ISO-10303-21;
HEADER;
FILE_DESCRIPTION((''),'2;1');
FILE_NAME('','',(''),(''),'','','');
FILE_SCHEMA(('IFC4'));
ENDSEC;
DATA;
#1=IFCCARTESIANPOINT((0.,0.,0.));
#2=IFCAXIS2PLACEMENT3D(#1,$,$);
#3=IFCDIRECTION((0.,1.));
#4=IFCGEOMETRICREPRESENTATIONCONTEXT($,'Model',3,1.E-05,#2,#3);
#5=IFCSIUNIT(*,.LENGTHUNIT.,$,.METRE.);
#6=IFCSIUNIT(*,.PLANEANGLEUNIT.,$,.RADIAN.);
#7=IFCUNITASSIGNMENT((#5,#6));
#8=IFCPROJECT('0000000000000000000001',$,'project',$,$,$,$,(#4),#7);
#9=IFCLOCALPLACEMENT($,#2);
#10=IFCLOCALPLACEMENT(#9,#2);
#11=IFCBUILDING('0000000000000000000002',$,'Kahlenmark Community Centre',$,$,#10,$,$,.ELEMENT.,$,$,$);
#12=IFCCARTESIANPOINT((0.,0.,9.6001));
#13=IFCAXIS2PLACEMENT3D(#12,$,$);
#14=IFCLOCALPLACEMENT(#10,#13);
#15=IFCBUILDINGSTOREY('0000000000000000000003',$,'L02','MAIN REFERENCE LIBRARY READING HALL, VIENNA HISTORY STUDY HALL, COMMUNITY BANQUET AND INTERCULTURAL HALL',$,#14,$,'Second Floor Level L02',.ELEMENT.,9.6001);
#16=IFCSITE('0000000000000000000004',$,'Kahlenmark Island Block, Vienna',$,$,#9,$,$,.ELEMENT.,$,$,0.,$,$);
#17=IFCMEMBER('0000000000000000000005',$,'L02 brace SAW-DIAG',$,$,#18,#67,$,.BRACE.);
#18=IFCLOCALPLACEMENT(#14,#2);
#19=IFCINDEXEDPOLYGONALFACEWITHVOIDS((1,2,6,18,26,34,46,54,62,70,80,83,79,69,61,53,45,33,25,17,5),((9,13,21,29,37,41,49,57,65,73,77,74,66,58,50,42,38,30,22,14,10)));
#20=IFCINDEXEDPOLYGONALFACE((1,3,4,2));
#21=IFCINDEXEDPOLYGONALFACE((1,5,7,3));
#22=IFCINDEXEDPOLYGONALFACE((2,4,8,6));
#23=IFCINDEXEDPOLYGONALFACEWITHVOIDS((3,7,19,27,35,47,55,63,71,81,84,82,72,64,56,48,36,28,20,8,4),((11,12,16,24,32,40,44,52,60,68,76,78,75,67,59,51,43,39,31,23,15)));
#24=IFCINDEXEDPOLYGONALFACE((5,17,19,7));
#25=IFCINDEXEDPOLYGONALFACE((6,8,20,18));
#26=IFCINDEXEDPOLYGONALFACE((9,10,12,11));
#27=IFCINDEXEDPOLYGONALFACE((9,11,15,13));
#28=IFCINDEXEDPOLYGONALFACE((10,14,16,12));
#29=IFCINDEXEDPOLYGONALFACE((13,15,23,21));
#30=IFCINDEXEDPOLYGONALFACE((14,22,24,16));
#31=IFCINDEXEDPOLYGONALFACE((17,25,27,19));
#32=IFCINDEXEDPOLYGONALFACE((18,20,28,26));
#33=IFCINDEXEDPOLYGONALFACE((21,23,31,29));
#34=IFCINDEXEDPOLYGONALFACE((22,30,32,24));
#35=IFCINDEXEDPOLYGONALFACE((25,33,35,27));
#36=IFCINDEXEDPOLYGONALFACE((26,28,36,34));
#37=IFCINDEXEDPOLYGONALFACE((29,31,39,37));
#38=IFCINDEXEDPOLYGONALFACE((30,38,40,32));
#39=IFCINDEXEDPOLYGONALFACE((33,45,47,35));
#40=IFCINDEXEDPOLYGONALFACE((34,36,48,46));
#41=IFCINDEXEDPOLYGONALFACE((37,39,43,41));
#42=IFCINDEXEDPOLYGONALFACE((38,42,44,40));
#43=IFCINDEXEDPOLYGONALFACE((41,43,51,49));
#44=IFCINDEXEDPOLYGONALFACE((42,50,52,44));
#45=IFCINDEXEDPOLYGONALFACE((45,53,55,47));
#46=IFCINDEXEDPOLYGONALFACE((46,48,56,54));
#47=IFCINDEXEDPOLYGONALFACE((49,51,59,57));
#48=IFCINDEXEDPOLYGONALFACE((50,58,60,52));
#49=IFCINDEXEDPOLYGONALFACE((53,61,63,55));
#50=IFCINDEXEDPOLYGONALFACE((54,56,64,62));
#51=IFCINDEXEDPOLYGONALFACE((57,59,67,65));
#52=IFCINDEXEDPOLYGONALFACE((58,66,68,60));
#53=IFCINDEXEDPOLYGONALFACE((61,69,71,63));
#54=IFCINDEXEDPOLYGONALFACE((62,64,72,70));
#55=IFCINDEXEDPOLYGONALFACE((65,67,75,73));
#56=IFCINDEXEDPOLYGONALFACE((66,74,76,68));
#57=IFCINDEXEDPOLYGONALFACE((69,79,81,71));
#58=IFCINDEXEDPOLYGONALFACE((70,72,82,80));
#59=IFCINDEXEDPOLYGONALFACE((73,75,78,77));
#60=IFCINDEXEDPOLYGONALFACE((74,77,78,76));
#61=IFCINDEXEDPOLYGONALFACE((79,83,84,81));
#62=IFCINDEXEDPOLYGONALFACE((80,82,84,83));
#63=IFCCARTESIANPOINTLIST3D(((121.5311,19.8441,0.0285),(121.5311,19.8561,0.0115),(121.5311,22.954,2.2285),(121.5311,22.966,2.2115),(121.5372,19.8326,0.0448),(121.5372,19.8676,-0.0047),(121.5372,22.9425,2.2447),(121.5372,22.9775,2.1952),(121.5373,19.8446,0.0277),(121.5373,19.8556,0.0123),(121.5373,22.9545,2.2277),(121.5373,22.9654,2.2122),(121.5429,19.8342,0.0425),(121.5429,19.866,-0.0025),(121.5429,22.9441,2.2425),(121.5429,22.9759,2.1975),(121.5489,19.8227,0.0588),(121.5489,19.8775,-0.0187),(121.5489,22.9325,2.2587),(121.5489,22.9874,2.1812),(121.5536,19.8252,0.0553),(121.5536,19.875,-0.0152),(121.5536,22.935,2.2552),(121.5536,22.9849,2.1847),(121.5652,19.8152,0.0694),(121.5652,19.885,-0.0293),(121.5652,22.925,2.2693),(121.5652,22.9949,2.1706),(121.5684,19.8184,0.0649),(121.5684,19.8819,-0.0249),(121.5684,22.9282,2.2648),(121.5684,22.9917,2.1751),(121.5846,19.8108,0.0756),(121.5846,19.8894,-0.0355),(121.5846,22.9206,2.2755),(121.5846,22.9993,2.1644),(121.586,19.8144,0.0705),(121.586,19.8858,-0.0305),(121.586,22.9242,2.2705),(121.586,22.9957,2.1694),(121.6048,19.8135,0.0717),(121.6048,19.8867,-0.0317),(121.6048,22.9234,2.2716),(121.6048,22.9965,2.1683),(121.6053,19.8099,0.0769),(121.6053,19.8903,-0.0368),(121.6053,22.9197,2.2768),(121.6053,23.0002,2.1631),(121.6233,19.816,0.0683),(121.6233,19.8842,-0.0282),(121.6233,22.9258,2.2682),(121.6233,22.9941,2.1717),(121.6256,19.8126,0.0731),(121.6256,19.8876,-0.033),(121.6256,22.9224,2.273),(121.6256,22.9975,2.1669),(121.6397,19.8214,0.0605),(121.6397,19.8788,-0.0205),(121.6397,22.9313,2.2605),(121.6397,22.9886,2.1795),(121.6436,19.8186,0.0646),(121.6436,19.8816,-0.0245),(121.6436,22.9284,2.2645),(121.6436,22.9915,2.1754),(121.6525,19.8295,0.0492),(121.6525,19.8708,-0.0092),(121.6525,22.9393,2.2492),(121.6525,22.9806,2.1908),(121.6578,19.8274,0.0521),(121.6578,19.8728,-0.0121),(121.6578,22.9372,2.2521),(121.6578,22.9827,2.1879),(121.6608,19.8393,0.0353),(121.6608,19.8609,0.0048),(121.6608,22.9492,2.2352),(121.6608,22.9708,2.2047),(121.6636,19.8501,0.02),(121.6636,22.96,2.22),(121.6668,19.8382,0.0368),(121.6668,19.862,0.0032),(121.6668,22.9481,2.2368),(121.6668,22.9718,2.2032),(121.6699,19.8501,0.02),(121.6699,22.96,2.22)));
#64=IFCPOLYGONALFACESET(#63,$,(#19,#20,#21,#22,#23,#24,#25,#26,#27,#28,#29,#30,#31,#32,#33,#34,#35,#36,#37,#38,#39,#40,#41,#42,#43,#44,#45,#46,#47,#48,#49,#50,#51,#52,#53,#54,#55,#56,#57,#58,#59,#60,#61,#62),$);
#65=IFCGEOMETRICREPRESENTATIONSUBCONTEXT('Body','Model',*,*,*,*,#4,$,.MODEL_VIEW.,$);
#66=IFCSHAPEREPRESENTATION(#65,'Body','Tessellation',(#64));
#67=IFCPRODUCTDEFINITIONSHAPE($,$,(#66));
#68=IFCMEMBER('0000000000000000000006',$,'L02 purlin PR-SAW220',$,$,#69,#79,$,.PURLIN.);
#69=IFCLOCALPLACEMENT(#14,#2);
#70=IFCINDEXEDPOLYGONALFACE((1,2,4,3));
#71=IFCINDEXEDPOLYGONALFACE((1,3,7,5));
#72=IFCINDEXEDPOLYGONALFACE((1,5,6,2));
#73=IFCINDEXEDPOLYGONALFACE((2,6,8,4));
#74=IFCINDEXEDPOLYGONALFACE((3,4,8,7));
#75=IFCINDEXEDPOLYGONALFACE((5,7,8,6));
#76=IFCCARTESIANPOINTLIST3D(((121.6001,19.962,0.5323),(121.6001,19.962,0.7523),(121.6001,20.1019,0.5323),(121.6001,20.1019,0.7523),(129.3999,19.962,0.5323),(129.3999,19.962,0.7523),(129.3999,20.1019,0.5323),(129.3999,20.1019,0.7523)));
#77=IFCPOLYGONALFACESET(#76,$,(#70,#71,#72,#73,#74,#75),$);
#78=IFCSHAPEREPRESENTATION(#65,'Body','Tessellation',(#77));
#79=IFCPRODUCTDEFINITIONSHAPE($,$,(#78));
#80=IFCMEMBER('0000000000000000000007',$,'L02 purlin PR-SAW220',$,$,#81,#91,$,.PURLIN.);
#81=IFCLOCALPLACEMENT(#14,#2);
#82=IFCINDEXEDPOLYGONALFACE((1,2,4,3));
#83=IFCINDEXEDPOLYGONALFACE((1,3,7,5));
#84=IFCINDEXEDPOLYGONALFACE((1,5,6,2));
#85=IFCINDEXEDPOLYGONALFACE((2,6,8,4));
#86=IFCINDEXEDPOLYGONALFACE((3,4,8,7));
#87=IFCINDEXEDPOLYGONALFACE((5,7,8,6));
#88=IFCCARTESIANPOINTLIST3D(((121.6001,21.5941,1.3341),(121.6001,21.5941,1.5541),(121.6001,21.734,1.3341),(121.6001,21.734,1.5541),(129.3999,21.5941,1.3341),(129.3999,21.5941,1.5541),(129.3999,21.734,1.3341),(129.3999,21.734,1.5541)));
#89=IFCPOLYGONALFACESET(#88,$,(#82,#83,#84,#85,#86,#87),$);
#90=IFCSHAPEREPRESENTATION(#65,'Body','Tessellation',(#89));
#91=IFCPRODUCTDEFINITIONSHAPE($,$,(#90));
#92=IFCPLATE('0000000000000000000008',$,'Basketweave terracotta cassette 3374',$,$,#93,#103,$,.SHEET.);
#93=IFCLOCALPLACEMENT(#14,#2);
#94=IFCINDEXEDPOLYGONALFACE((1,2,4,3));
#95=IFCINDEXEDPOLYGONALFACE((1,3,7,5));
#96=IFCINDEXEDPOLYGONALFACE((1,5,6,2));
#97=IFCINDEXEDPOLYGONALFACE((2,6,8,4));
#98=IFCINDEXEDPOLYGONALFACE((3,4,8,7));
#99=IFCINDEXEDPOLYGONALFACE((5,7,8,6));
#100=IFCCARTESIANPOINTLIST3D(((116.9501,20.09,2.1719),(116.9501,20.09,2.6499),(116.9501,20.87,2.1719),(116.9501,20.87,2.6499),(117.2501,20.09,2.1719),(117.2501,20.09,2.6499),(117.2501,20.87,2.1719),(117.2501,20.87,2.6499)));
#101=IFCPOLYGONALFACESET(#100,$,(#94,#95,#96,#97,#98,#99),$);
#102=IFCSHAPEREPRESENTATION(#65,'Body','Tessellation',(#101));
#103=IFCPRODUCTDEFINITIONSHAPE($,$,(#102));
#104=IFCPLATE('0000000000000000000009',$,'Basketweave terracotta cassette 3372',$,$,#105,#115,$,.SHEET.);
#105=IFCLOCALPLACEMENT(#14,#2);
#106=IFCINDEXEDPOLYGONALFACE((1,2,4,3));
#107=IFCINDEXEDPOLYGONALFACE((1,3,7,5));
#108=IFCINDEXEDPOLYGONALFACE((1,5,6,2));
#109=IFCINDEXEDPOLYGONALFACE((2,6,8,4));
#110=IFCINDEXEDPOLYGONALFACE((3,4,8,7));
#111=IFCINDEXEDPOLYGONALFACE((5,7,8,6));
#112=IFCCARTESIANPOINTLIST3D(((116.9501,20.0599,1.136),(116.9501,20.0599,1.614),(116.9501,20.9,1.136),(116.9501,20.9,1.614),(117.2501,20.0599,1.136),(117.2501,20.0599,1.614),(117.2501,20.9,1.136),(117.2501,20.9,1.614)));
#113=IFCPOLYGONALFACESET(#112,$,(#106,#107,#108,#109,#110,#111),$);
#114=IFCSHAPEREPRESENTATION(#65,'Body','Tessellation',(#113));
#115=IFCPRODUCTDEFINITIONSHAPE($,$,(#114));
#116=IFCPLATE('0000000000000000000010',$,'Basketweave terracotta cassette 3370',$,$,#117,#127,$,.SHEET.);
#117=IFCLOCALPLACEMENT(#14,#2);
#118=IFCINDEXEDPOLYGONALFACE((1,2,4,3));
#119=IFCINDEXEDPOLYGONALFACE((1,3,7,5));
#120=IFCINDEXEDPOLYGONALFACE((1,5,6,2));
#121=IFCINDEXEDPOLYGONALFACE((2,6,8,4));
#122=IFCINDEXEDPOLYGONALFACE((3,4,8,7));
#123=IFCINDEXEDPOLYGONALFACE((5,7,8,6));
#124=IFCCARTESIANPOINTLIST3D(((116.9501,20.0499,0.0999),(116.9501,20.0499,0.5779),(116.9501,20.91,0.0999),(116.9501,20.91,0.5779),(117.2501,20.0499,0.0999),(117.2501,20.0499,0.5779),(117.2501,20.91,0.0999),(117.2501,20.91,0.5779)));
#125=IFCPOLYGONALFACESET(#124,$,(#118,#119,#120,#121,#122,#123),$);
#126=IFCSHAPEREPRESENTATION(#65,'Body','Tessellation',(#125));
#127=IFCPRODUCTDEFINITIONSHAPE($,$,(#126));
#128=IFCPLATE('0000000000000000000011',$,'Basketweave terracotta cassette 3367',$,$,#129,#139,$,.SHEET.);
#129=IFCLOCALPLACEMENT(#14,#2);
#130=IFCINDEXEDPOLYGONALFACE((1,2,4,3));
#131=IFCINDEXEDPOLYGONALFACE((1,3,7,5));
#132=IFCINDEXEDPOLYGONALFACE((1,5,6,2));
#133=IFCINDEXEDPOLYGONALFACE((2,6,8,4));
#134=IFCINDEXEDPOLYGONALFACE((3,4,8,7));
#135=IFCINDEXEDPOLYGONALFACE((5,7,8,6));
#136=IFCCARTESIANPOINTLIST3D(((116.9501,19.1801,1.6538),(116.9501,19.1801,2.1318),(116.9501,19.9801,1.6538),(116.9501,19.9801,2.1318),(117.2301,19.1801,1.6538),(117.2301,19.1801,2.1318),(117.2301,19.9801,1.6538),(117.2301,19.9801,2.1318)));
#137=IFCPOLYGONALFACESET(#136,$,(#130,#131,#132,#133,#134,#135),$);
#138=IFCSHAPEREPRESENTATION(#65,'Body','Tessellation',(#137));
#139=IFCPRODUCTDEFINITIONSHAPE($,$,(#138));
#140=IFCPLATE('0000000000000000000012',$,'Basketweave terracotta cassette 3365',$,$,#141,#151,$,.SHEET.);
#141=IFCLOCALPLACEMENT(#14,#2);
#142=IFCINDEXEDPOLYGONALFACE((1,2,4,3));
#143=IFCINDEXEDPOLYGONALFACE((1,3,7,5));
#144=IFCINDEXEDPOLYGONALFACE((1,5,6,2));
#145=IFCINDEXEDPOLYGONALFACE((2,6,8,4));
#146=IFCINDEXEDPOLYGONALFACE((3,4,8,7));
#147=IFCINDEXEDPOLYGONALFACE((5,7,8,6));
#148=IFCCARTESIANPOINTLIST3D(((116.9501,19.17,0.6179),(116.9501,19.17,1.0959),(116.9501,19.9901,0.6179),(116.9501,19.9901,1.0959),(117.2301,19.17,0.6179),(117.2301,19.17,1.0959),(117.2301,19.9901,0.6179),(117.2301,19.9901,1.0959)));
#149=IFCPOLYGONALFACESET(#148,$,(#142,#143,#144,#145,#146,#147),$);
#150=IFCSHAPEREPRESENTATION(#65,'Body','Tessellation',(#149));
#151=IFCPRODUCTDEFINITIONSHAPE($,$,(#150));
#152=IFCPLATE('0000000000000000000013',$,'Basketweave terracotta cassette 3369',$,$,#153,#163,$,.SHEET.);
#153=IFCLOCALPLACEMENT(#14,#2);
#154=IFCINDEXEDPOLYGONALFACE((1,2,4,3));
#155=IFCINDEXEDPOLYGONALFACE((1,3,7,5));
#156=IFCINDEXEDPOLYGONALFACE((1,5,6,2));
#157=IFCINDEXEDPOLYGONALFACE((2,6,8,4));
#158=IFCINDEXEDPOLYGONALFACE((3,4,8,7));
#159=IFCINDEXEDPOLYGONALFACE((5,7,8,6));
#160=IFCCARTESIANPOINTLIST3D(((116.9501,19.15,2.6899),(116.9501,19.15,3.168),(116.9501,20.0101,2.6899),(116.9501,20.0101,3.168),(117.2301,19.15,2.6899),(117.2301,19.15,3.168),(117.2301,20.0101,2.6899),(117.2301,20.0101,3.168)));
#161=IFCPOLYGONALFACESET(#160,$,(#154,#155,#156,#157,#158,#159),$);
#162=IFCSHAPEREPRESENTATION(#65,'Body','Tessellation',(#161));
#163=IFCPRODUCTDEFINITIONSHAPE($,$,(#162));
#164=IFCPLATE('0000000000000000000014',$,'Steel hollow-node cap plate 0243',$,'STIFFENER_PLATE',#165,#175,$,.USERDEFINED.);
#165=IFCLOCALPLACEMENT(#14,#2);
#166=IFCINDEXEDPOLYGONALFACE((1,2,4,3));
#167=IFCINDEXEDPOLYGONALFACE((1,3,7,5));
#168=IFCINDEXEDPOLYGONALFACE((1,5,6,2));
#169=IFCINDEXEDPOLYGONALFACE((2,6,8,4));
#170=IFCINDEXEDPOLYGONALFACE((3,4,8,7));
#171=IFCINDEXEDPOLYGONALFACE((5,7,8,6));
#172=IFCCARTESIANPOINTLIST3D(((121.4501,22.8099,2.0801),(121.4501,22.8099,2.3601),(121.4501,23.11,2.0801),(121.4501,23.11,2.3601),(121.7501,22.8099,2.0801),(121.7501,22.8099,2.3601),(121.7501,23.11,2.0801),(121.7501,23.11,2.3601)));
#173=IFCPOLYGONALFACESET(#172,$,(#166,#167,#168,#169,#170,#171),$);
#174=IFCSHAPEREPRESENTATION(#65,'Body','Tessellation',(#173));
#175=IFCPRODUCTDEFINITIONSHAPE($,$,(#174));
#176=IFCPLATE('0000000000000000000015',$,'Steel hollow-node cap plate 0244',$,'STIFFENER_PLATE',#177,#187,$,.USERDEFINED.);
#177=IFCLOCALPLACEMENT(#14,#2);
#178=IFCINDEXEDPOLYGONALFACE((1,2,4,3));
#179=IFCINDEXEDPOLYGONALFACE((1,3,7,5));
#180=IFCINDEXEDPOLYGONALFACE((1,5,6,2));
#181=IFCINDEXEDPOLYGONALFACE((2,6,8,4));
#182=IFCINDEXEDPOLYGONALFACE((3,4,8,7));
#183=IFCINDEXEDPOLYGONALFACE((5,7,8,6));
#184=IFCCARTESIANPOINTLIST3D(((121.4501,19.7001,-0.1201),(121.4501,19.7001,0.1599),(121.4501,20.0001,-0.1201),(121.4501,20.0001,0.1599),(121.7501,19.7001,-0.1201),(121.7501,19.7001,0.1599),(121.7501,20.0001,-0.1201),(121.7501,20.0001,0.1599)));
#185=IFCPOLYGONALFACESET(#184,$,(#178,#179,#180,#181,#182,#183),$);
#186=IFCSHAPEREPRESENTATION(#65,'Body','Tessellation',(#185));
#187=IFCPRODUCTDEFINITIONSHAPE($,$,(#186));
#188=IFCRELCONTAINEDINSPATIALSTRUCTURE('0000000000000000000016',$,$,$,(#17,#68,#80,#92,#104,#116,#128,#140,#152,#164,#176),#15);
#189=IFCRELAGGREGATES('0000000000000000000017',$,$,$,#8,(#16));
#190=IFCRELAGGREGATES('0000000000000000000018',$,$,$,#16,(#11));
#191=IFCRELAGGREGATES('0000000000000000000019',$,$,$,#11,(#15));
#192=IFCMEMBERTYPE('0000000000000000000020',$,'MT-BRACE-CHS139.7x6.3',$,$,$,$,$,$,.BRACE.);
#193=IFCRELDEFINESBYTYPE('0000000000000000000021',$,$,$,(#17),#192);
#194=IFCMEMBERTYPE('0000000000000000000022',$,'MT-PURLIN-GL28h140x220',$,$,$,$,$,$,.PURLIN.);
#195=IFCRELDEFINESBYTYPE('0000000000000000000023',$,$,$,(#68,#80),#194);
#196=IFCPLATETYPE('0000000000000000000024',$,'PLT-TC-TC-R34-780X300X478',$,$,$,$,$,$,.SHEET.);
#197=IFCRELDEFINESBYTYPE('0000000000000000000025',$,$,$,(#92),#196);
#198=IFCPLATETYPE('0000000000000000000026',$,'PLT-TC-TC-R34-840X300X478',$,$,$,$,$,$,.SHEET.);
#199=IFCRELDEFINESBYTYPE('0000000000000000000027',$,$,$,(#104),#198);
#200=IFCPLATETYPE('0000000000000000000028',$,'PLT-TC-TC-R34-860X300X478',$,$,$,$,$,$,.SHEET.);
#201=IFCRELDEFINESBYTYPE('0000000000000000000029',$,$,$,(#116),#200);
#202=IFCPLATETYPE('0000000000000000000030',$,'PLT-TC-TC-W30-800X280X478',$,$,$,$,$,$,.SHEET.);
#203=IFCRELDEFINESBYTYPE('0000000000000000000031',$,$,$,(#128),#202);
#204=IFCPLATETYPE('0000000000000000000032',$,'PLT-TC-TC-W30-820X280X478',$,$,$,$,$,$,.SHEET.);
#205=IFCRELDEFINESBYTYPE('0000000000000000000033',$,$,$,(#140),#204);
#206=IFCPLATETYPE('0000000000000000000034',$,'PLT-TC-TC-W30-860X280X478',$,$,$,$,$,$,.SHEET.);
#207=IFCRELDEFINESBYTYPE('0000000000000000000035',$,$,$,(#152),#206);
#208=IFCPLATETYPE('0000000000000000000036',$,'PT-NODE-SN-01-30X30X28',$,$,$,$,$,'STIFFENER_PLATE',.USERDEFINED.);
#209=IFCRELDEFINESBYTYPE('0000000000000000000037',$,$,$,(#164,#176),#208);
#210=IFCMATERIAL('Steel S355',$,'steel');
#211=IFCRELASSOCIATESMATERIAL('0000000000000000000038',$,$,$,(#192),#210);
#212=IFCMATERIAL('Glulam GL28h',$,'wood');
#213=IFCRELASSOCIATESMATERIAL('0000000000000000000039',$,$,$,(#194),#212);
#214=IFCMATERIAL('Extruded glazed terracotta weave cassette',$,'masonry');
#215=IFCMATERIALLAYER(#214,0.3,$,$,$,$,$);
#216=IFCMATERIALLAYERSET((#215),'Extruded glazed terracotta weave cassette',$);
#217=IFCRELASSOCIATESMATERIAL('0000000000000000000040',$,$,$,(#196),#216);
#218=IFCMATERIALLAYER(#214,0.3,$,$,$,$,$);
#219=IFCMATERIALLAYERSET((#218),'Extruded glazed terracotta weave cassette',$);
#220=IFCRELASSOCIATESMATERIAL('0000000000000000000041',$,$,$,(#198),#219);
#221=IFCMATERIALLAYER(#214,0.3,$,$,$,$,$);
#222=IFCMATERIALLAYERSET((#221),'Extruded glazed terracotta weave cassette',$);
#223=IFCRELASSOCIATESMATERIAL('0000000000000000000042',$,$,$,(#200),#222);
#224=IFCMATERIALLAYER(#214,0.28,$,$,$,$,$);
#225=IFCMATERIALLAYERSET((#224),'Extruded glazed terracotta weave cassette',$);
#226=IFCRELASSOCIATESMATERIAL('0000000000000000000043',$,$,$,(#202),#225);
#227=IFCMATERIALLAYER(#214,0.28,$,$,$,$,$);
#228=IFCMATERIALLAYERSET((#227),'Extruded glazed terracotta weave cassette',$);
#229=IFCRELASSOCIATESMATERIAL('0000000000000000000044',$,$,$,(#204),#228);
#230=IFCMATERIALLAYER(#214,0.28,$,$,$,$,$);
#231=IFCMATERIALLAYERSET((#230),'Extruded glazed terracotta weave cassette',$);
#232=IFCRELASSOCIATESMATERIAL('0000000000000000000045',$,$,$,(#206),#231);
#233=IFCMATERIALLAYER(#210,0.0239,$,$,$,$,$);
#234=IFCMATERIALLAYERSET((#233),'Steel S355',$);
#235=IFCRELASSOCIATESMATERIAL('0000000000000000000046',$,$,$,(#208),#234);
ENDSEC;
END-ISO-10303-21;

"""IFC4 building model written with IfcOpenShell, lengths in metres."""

from ifc_helpers import new_model, si_unit, direction, frame, origin, origin_2d, place, context, subcontext, project, spatial, rectangle, hollow_circle, extrude, material, layer, layer_set, material_profile, profile_set, type_object, element, save


model = new_model("IFC4")

# Units and contexts
model_context = context("Model", 3, precision=1e-05, world=origin(), true_north=direction((0.0, 1.0)))
body_context = subcontext(model_context, "Body", "Model", "MODEL_VIEW")
ifc_project = project(units=[si_unit("LENGTHUNIT", "METRE"), si_unit("PLANEANGLEUNIT", "RADIAN")], contexts=[model_context])

# Site, building, storey
site_placement = place(None, origin())
site = spatial("IfcSite", under=ifc_project, at=site_placement, Name="Kahlenmark Island Block, Vienna", CompositionType="ELEMENT", RefElevation=0.0)
building_placement = place(site_placement, origin())
building = spatial("IfcBuilding", under=site, at=building_placement, Name="Kahlenmark Community Centre", CompositionType="ELEMENT")
storey_placement = place(building_placement, frame((0.0, 0.0, 9.6001)))
storey = spatial("IfcBuildingStorey", under=building, at=storey_placement, Name="L02", Description="MAIN REFERENCE LIBRARY READING HALL, VIENNA HISTORY STUDY HALL, COMMUNITY BANQUET AND INTERCULTURAL HALL", LongName="Second Floor Level L02", CompositionType="ELEMENT", Elevation=9.6001)

# Members
ifc_material_1 = material(Name="Steel S355", Category="steel")
ifc_material_profile_1 = material_profile(ifc_material_1, hollow_circle(Radius=0.0698, WallThickness=0.0063, at=origin_2d()), Name="CHS 139.7x6.3")
ifc_profile_set_1 = profile_set([ifc_material_profile_1], Name="Steel S355")
member_type_1 = type_object("IfcMemberType", Name="MT-BRACE-CHS139.7x6.3", PredefinedType="BRACE", material=ifc_profile_set_1)
member_placement = place(storey_placement, frame((121.6001, 22.96, 2.22), z_axis=(0.0, -0.81638, -0.577516), x_axis=(1.0, 0.0, 0.0)))
element("IfcMember", 1, at=member_placement, inside=storey, type_object=member_type_1, Name="L02 brace SAW-DIAG", PredefinedType="BRACE", context=body_context, shape_type="SweptSolid", body=[
    extrude(hollow_circle(Radius=0.0698, WallThickness=0.0063, at=origin_2d()), origin(), (0.0, 0.0, 1.0), 3.8093),
])
ifc_material_2 = material(Name="Glulam GL28h", Category="wood")
ifc_material_profile_2 = material_profile(ifc_material_2, rectangle(XDim=0.1399, YDim=0.22, at=origin_2d()), Name="GL28h 140x220")
ifc_profile_set_2 = profile_set([ifc_material_profile_2], Name="Glulam GL28h")
member_type_2 = type_object("IfcMemberType", Name="MT-PURLIN-GL28h140x220", PredefinedType="PURLIN", material=ifc_profile_set_2)
for number, where, z_axis, x_axis, name in (
    (2, (121.6001, 20.032, 0.6423), (1.0, 0.0, 0.0), (0.0, 1.0, 0.0), "L02 purlin PR-SAW220"),
    (3, (121.6001, 21.6641, 1.4441), (1.0, 0.0, 0.0), (0.0, 1.0, 0.0), "L02 purlin PR-SAW220"),
):
    element("IfcMember", number, at=place(storey_placement, frame(where, z_axis=z_axis, x_axis=x_axis)), inside=storey, type_object=member_type_2, Name=name, PredefinedType="PURLIN", context=body_context, shape_type="SweptSolid", body=[
        extrude(rectangle(XDim=0.1399, YDim=0.22, at=origin_2d()), origin(), (0.0, 0.0, 1.0), 7.7998),
    ])

# Plates
ifc_material_3 = material(Name="Extruded glazed terracotta weave cassette", Category="masonry")
ifc_layer_1 = layer(ifc_material_3, 0.3)
ifc_layer_set_1 = layer_set([ifc_layer_1], Name="Extruded glazed terracotta weave cassette")
plate_type_1 = type_object("IfcPlateType", Name="PLT-TC-TC-R34-780X300X478", PredefinedType="SHEET", material=ifc_layer_set_1)
plate_1_placement = place(storey_placement, frame((117.1001, 20.48, 2.1719), z_axis=(0.0, 0.0, 1.0), x_axis=(0.0, 1.0, 0.0)))
element("IfcPlate", 4, at=plate_1_placement, inside=storey, type_object=plate_type_1, Name="Basketweave terracotta cassette 3374", PredefinedType="SHEET", context=body_context, shape_type="SweptSolid", body=[
    extrude(rectangle(XDim=0.78, YDim=0.3, at=origin_2d()), origin(), (0.0, 0.0, 1.0), 0.478),
])
ifc_layer_2 = layer(ifc_material_3, 0.3)
ifc_layer_set_2 = layer_set([ifc_layer_2], Name="Extruded glazed terracotta weave cassette")
plate_type_2 = type_object("IfcPlateType", Name="PLT-TC-TC-R34-840X300X478", PredefinedType="SHEET", material=ifc_layer_set_2)
plate_2_placement = place(storey_placement, frame((117.1001, 20.48, 1.136), z_axis=(0.0, 0.0, 1.0), x_axis=(0.0, 1.0, 0.0)))
element("IfcPlate", 5, at=plate_2_placement, inside=storey, type_object=plate_type_2, Name="Basketweave terracotta cassette 3372", PredefinedType="SHEET", context=body_context, shape_type="SweptSolid", body=[
    extrude(rectangle(XDim=0.8401, YDim=0.3, at=origin_2d()), origin(), (0.0, 0.0, 1.0), 0.478),
])
ifc_layer_3 = layer(ifc_material_3, 0.3)
ifc_layer_set_3 = layer_set([ifc_layer_3], Name="Extruded glazed terracotta weave cassette")
plate_type_3 = type_object("IfcPlateType", Name="PLT-TC-TC-R34-860X300X478", PredefinedType="SHEET", material=ifc_layer_set_3)
plate_3_placement = place(storey_placement, frame((117.1001, 20.48, 0.0999), z_axis=(0.0, 0.0, 1.0), x_axis=(0.0, 1.0, 0.0)))
element("IfcPlate", 6, at=plate_3_placement, inside=storey, type_object=plate_type_3, Name="Basketweave terracotta cassette 3370", PredefinedType="SHEET", context=body_context, shape_type="SweptSolid", body=[
    extrude(rectangle(XDim=0.8601, YDim=0.3, at=origin_2d()), origin(), (0.0, 0.0, 1.0), 0.478),
])
ifc_layer_4 = layer(ifc_material_3, 0.28)
ifc_layer_set_4 = layer_set([ifc_layer_4], Name="Extruded glazed terracotta weave cassette")
plate_type_4 = type_object("IfcPlateType", Name="PLT-TC-TC-W30-800X280X478", PredefinedType="SHEET", material=ifc_layer_set_4)
plate_4_placement = place(storey_placement, frame((117.0901, 19.5801, 1.6538), z_axis=(0.0, 0.0, 1.0), x_axis=(0.0, 1.0, 0.0)))
element("IfcPlate", 7, at=plate_4_placement, inside=storey, type_object=plate_type_4, Name="Basketweave terracotta cassette 3367", PredefinedType="SHEET", context=body_context, shape_type="SweptSolid", body=[
    extrude(rectangle(XDim=0.8, YDim=0.28, at=origin_2d()), origin(), (0.0, 0.0, 1.0), 0.478),
])
ifc_layer_5 = layer(ifc_material_3, 0.28)
ifc_layer_set_5 = layer_set([ifc_layer_5], Name="Extruded glazed terracotta weave cassette")
plate_type_5 = type_object("IfcPlateType", Name="PLT-TC-TC-W30-820X280X478", PredefinedType="SHEET", material=ifc_layer_set_5)
plate_5_placement = place(storey_placement, frame((117.0901, 19.5801, 0.6179), z_axis=(0.0, 0.0, 1.0), x_axis=(0.0, 1.0, 0.0)))
element("IfcPlate", 8, at=plate_5_placement, inside=storey, type_object=plate_type_5, Name="Basketweave terracotta cassette 3365", PredefinedType="SHEET", context=body_context, shape_type="SweptSolid", body=[
    extrude(rectangle(XDim=0.8201, YDim=0.28, at=origin_2d()), origin(), (0.0, 0.0, 1.0), 0.478),
])
ifc_layer_6 = layer(ifc_material_3, 0.28)
ifc_layer_set_6 = layer_set([ifc_layer_6], Name="Extruded glazed terracotta weave cassette")
plate_type_6 = type_object("IfcPlateType", Name="PLT-TC-TC-W30-860X280X478", PredefinedType="SHEET", material=ifc_layer_set_6)
plate_6_placement = place(storey_placement, frame((117.0901, 19.5801, 2.6899), z_axis=(0.0, 0.0, 1.0), x_axis=(0.0, 1.0, 0.0)))
element("IfcPlate", 9, at=plate_6_placement, inside=storey, type_object=plate_type_6, Name="Basketweave terracotta cassette 3369", PredefinedType="SHEET", context=body_context, shape_type="SweptSolid", body=[
    extrude(rectangle(XDim=0.8601, YDim=0.28, at=origin_2d()), origin(), (0.0, 0.0, 1.0), 0.478),
])
ifc_layer_7 = layer(ifc_material_1, 0.0239)
ifc_layer_set_7 = layer_set([ifc_layer_7], Name="Steel S355")
plate_type_7 = type_object("IfcPlateType", Name="PT-NODE-SN-01-30X30X28", ElementType="STIFFENER_PLATE", PredefinedType="USERDEFINED", material=ifc_layer_set_7)
for number, where, z_axis, x_axis, name in (
    (10, (121.6001, 22.96, 2.0801), (0.0, 0.0, 1.0), (1.0, 0.0, 0.0), "Steel hollow-node cap plate 0243"),
    (11, (121.6001, 19.8501, -0.1201), (0.0, 0.0, 1.0), (1.0, 0.0, 0.0), "Steel hollow-node cap plate 0244"),
):
    element("IfcPlate", number, at=place(storey_placement, frame(where, z_axis=z_axis, x_axis=x_axis)), inside=storey, type_object=plate_type_7, Name=name, ObjectType="STIFFENER_PLATE", PredefinedType="USERDEFINED", context=body_context, shape_type="SweptSolid", body=[
        extrude(rectangle(XDim=0.3, YDim=0.3, at=origin_2d()), origin(), (0.0, 0.0, 1.0), 0.28),
    ])

save(model, "model.ifc")
